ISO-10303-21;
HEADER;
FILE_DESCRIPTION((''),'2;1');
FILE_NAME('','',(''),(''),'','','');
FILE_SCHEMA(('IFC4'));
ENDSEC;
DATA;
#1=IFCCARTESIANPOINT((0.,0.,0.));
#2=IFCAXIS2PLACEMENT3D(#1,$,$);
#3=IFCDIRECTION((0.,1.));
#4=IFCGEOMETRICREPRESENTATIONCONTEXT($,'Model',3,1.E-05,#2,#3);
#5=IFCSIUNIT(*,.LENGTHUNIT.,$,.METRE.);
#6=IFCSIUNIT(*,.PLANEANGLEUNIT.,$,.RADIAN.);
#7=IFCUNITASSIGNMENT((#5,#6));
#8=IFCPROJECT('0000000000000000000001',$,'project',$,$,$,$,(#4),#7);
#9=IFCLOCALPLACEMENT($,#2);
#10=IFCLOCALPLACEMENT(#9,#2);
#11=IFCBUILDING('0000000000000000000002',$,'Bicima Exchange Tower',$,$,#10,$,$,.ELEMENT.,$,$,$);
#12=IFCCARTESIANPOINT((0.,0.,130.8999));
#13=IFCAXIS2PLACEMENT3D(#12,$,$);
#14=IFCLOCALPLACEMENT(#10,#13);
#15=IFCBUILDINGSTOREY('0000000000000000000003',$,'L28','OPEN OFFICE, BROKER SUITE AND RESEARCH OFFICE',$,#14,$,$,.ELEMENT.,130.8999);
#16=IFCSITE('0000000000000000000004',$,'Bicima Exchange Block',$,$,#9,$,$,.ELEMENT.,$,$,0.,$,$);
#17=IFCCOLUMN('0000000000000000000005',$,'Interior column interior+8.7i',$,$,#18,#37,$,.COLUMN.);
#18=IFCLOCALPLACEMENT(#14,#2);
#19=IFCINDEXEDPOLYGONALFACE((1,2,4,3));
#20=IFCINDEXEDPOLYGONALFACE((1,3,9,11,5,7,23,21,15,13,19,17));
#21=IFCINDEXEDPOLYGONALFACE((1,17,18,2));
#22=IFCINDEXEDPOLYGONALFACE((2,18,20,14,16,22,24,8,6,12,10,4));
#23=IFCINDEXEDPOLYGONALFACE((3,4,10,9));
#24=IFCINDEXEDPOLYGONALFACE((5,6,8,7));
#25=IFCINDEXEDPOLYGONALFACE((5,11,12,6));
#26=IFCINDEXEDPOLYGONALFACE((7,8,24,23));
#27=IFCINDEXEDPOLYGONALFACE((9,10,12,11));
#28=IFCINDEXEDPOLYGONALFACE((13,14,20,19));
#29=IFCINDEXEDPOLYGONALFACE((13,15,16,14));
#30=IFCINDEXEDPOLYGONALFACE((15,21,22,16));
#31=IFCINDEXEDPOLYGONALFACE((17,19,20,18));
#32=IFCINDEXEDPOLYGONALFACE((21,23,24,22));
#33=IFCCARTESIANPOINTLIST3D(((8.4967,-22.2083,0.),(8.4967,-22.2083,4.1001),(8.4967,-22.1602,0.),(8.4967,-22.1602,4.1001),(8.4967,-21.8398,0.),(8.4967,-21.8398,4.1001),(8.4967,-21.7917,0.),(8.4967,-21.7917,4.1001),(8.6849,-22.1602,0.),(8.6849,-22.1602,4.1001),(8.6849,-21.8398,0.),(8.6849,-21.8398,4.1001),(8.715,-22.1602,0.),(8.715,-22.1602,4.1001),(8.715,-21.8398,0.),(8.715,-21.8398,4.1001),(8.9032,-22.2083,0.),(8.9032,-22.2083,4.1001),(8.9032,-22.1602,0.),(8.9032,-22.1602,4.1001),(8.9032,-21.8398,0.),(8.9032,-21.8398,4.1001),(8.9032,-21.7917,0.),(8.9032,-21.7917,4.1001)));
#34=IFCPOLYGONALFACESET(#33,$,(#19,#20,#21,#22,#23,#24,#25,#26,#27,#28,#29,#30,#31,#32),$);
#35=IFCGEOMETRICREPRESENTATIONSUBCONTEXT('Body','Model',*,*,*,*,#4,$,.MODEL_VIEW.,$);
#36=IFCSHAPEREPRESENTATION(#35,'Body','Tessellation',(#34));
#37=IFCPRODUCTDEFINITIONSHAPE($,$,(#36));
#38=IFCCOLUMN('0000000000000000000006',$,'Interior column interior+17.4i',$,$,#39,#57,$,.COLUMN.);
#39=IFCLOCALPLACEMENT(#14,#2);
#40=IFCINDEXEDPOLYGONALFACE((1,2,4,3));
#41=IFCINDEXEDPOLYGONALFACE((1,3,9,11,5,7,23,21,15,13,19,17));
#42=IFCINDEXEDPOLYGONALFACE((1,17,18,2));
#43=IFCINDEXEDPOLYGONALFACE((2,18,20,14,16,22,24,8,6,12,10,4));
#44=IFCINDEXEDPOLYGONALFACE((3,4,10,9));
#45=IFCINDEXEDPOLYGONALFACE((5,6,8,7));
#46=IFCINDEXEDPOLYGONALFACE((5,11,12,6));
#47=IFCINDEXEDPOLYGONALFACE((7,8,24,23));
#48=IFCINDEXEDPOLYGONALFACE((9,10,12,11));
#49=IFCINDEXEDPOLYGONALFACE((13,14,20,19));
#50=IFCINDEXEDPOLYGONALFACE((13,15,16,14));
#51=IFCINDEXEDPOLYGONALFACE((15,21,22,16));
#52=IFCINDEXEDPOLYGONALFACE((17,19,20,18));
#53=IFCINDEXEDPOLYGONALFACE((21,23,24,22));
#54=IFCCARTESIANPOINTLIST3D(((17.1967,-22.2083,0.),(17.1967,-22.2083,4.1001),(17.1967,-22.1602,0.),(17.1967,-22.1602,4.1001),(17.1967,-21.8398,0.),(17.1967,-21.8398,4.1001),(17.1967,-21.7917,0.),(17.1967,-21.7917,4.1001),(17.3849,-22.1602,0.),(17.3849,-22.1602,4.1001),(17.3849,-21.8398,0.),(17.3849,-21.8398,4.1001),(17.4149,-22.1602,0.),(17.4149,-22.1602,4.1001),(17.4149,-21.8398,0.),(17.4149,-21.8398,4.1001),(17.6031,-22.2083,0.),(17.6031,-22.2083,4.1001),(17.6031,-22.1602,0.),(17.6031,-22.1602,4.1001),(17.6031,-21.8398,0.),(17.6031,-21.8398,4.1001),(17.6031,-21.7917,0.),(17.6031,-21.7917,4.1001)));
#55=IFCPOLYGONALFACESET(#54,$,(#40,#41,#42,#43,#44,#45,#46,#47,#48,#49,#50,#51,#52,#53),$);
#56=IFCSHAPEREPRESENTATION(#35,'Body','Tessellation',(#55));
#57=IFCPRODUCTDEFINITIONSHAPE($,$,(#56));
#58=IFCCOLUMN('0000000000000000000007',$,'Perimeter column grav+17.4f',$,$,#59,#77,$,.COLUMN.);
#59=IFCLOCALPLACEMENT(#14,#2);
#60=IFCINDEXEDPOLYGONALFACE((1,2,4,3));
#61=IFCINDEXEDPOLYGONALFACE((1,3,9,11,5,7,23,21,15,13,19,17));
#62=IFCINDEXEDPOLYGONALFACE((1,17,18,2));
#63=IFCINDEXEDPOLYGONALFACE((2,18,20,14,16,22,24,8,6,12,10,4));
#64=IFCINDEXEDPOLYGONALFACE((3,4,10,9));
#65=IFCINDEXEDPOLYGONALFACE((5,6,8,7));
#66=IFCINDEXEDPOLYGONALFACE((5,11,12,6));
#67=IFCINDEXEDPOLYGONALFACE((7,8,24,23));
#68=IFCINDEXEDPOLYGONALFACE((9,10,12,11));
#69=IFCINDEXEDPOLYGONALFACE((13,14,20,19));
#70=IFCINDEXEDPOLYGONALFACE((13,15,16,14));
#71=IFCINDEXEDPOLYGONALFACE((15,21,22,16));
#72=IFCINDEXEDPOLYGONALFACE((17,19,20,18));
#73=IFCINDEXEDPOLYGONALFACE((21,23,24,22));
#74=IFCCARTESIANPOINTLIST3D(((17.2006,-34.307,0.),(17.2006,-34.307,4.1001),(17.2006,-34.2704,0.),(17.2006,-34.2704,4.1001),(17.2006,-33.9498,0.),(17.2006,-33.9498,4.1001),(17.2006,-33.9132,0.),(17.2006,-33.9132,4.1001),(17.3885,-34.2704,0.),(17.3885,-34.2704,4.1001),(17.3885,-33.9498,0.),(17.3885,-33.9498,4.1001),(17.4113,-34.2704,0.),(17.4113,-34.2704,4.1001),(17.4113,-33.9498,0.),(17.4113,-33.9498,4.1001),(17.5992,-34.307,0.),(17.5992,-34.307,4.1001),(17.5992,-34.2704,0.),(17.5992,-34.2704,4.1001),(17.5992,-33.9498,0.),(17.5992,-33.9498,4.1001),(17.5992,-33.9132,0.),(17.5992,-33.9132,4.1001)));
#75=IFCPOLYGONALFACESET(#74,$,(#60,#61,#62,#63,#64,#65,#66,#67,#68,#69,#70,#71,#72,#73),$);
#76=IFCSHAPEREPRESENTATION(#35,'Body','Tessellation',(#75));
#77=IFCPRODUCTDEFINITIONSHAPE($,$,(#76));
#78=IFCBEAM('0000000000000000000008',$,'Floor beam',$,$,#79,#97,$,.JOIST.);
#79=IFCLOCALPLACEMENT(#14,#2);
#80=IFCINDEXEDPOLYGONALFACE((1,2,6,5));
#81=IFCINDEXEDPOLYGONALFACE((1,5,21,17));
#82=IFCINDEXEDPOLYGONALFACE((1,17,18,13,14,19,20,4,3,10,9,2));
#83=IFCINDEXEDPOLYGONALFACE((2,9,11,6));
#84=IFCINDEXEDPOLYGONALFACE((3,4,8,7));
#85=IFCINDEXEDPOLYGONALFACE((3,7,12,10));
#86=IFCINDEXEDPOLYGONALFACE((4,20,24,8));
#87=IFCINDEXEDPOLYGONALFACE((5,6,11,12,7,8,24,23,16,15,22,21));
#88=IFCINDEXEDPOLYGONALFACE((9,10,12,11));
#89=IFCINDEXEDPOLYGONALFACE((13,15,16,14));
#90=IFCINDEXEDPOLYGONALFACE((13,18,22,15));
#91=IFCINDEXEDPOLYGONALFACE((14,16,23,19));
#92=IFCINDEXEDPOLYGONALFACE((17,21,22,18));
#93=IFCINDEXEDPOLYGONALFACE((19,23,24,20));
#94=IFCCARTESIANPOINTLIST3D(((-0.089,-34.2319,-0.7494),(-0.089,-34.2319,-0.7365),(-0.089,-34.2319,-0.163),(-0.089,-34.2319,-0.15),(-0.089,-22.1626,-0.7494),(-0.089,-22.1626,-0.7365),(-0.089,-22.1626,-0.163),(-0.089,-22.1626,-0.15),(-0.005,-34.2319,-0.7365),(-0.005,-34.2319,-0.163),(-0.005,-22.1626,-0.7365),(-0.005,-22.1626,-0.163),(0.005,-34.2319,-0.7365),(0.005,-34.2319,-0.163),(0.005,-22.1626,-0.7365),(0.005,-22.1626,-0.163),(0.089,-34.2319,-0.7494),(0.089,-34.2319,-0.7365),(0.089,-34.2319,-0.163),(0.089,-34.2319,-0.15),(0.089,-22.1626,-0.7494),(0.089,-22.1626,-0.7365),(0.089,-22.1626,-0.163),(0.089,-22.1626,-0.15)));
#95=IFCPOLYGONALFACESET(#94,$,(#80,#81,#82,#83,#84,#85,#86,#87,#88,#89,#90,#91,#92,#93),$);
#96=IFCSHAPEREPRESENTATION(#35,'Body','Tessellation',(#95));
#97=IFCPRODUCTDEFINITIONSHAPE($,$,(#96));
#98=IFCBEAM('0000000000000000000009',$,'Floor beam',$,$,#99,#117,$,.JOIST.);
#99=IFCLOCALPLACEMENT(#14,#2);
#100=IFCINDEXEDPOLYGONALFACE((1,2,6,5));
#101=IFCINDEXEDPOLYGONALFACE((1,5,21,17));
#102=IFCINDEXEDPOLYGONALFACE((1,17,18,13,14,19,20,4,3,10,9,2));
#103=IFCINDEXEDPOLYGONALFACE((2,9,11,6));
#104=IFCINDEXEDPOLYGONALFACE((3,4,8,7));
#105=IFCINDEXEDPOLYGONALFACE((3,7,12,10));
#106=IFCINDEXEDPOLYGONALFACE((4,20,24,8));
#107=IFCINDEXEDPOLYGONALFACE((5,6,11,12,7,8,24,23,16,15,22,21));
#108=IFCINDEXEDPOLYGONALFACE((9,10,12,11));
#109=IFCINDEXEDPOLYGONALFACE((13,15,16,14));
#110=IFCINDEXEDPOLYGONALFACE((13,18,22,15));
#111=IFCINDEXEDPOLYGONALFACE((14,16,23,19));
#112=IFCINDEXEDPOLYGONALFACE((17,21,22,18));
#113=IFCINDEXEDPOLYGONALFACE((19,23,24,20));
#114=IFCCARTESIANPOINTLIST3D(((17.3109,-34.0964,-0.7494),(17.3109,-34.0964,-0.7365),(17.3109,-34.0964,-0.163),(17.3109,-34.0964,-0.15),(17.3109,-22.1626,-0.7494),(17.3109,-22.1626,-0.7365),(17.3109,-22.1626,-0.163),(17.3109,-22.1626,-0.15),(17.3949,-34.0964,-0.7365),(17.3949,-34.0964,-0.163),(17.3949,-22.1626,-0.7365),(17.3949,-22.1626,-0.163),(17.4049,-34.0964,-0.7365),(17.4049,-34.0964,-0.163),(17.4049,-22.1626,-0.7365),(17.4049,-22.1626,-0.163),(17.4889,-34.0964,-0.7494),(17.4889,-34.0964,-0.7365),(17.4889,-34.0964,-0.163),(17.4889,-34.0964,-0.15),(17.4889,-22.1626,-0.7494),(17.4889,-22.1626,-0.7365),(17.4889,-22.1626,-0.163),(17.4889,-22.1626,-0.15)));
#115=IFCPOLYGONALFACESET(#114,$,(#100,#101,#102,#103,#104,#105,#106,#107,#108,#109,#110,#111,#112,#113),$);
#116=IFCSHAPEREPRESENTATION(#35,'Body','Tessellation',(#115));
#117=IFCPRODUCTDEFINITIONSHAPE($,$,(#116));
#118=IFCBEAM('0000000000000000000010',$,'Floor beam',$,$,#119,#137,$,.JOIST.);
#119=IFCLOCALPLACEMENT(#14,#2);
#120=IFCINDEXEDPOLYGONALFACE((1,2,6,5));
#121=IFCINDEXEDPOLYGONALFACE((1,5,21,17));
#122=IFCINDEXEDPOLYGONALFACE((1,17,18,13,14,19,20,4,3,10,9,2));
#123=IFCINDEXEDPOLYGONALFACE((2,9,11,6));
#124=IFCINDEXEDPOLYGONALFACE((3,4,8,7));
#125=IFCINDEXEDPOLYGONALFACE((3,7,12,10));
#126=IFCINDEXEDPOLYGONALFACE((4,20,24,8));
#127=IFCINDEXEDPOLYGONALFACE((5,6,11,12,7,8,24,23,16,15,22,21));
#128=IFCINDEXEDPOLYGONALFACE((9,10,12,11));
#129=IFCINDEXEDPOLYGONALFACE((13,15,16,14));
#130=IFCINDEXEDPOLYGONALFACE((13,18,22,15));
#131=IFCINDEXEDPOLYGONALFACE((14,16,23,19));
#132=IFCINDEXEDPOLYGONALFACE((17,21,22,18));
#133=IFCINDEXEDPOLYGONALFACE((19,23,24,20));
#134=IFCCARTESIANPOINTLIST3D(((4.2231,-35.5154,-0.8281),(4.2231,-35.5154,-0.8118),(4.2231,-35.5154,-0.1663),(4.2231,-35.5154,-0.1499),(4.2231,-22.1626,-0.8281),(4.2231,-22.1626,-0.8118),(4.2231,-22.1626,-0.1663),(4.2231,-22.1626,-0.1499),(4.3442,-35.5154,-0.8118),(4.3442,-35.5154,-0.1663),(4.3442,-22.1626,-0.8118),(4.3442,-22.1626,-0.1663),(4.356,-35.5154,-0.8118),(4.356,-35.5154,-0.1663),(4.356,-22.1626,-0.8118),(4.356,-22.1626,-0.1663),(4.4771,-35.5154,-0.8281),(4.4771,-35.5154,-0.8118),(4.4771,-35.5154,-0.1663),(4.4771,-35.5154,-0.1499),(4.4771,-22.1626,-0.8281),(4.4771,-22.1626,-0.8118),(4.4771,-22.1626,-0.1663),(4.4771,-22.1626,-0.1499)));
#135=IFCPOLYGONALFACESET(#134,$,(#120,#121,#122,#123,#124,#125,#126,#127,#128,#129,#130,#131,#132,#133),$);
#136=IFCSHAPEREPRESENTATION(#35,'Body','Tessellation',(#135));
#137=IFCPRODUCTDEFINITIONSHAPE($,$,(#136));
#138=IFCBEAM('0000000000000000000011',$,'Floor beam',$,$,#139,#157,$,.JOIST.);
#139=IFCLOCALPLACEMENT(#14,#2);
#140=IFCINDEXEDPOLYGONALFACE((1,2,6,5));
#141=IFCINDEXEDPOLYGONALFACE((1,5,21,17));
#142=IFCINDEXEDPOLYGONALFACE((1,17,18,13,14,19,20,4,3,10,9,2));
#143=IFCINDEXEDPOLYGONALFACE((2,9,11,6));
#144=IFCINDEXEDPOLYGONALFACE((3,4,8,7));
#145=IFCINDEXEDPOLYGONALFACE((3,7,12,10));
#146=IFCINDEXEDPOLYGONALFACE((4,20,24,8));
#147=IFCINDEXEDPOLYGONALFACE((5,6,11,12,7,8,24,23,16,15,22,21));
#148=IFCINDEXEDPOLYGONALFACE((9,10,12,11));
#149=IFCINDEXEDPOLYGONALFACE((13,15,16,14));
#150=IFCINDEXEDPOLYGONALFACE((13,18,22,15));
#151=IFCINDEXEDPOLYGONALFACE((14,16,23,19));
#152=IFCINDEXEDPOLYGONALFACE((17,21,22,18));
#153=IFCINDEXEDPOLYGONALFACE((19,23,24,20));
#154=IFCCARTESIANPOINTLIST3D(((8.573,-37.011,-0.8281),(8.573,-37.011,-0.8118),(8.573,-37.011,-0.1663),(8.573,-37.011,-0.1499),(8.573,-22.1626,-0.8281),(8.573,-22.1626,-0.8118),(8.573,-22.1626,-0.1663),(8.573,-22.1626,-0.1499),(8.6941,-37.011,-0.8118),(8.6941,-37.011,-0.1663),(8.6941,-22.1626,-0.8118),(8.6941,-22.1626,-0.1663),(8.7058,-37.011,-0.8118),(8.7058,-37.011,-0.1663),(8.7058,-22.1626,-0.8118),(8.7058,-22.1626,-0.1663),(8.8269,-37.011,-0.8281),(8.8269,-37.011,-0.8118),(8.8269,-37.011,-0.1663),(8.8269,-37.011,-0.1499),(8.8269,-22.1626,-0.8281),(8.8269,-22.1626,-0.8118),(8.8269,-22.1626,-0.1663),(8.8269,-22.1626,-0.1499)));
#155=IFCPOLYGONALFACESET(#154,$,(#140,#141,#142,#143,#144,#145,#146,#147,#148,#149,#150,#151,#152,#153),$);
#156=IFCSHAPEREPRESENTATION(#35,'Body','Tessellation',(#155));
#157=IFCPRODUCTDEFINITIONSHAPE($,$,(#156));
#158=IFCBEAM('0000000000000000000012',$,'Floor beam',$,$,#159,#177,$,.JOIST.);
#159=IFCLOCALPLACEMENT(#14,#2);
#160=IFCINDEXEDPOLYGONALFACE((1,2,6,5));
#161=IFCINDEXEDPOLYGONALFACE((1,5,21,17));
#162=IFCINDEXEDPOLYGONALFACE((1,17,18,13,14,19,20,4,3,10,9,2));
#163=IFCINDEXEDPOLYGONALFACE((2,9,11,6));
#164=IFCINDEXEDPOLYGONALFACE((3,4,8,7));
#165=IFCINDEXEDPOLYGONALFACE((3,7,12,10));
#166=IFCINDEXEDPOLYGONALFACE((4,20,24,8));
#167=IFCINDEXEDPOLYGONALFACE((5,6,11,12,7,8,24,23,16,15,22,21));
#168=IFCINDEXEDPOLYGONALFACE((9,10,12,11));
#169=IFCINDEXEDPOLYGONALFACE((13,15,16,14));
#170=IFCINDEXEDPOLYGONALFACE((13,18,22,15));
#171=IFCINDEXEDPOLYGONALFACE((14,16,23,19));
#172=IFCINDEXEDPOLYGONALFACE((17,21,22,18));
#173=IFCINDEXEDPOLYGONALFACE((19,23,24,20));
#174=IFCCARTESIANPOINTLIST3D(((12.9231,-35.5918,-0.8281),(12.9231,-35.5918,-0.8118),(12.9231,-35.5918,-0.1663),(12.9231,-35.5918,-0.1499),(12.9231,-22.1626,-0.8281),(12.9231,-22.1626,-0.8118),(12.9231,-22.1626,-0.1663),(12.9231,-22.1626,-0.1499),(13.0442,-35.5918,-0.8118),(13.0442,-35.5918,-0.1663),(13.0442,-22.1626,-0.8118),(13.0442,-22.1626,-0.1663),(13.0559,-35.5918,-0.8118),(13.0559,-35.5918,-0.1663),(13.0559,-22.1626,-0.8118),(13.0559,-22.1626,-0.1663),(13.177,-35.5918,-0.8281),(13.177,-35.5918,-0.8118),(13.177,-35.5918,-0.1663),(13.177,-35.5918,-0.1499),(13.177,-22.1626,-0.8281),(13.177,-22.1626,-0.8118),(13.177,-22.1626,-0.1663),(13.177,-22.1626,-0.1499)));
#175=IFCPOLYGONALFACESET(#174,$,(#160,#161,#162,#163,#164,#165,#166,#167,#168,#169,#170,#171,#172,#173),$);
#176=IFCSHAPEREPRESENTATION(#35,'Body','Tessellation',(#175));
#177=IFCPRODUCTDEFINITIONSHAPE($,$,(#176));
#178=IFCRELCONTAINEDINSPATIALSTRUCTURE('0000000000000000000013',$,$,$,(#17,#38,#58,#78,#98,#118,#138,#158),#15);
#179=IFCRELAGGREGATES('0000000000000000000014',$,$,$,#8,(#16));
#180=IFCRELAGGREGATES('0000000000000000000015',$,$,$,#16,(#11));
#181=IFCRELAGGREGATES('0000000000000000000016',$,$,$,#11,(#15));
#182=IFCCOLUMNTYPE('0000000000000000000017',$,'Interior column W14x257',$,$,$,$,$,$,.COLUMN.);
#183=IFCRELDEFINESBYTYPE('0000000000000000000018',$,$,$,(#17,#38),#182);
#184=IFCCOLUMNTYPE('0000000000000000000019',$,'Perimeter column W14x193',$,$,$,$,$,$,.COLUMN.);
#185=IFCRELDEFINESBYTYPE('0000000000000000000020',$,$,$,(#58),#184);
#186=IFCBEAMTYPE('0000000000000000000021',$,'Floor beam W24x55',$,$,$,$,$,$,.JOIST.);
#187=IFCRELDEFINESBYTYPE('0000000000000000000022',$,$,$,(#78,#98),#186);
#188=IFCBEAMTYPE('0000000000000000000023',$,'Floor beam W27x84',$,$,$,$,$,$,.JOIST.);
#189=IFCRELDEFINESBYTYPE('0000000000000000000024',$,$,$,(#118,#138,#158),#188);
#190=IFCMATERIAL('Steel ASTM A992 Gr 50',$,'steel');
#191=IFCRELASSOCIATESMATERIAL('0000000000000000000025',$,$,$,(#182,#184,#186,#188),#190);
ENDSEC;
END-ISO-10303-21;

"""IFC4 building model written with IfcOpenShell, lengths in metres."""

from ifc_helpers import new_model, si_unit, direction, frame, origin, origin_2d, place, context, subcontext, project, spatial, i_section, extrude, material, material_profile, profile_set, type_object, element, save


model = new_model("IFC4")

# Units and contexts
model_context = context("Model", 3, precision=1e-05, world=origin(), true_north=direction((0.0, 1.0)))
body_context = subcontext(model_context, "Body", "Model", "MODEL_VIEW")
ifc_project = project(units=[si_unit("LENGTHUNIT", "METRE"), si_unit("PLANEANGLEUNIT", "RADIAN")], contexts=[model_context])

# Site, building, storey
site_placement = place(None, origin())
site = spatial("IfcSite", under=ifc_project, at=site_placement, Name="Bicima Exchange Block", CompositionType="ELEMENT", RefElevation=0.0)
building_placement = place(site_placement, origin())
building = spatial("IfcBuilding", under=site, at=building_placement, Name="Bicima Exchange Tower", CompositionType="ELEMENT")
storey_placement = place(building_placement, frame((0.0, 0.0, 130.8999)))
storey = spatial("IfcBuildingStorey", under=building, at=storey_placement, Name="L28", Description="OPEN OFFICE, BROKER SUITE AND RESEARCH OFFICE", CompositionType="ELEMENT", Elevation=130.8999)

# Columns
ifc_material_1 = material(Name="Steel ASTM A992 Gr 50", Category="steel")
ifc_material_profile_1 = material_profile(ifc_material_1, i_section(OverallWidth=0.4065, OverallDepth=0.4165, WebThickness=0.03, FlangeThickness=0.0481, at=origin_2d()))
ifc_profile_set_1 = profile_set([ifc_material_profile_1], Name="Steel ASTM A992 Gr 50")
column_type_1 = type_object("IfcColumnType", Name="Interior column W14x257", PredefinedType="COLUMN", material=ifc_profile_set_1)
for number, where, z_axis, x_axis, name in (
    (1, (8.7, -22.0, 0.0), (0.0, 0.0, 1.0), (1.0, 0.0, 0.0), "Interior column interior+8.7i"),
    (2, (17.3999, -22.0, 0.0), (0.0, 0.0, 1.0), (1.0, 0.0, 0.0), "Interior column interior+17.4i"),
):
    element("IfcColumn", number, at=place(storey_placement, frame(where, z_axis=z_axis, x_axis=x_axis)), inside=storey, type_object=column_type_1, Name=name, PredefinedType="COLUMN", context=body_context, shape_type="SweptSolid", body=[
        extrude(i_section(OverallWidth=0.4065, OverallDepth=0.4165, WebThickness=0.03, FlangeThickness=0.0481, at=origin_2d()), origin(), (0.0, 0.0, 1.0), 4.1001),
    ])
ifc_material_profile_2 = material_profile(ifc_material_1, i_section(OverallWidth=0.3987, OverallDepth=0.3938, WebThickness=0.0227, FlangeThickness=0.0366, at=origin_2d()))
ifc_profile_set_2 = profile_set([ifc_material_profile_2], Name="Steel ASTM A992 Gr 50")
column_type_2 = type_object("IfcColumnType", Name="Perimeter column W14x193", PredefinedType="COLUMN", material=ifc_profile_set_2)
column_placement = place(storey_placement, frame((17.3999, -34.1101, 0.0), z_axis=(0.0, 0.0, 1.0), x_axis=(1.0, 0.0, 0.0)))
element("IfcColumn", 3, at=column_placement, inside=storey, type_object=column_type_2, Name="Perimeter column grav+17.4f", PredefinedType="COLUMN", context=body_context, shape_type="SweptSolid", body=[
    extrude(i_section(OverallWidth=0.3987, OverallDepth=0.3938, WebThickness=0.0227, FlangeThickness=0.0366, at=origin_2d()), origin(), (0.0, 0.0, 1.0), 4.1001),
])

# Beams
ifc_material_profile_3 = material_profile(ifc_material_1, i_section(OverallWidth=0.178, OverallDepth=0.5994, WebThickness=0.01, FlangeThickness=0.0129, at=origin_2d()))
ifc_profile_set_3 = profile_set([ifc_material_profile_3], Name="Steel ASTM A992 Gr 50")
beam_type_1 = type_object("IfcBeamType", Name="Floor beam W24x55", PredefinedType="JOIST", material=ifc_profile_set_3)
beam_1_placement = place(storey_placement, frame((0.0, -22.1626, -0.4497), z_axis=(0.0, -1.0, 0.0), x_axis=(1.0, 0.0, 0.0)))
element("IfcBeam", 4, at=beam_1_placement, inside=storey, type_object=beam_type_1, Name="Floor beam", PredefinedType="JOIST", context=body_context, shape_type="SweptSolid", body=[
    extrude(i_section(OverallWidth=0.178, OverallDepth=0.5994, WebThickness=0.01, FlangeThickness=0.0129, at=origin_2d()), origin(), (0.0, 0.0, 1.0), 12.0693),
])
beam_2_placement = place(storey_placement, frame((17.3999, -22.1626, -0.4497), z_axis=(0.0, -1.0, 0.0), x_axis=(1.0, 0.0, 0.0)))
element("IfcBeam", 5, at=beam_2_placement, inside=storey, type_object=beam_type_1, Name="Floor beam", PredefinedType="JOIST", context=body_context, shape_type="SweptSolid", body=[
    extrude(i_section(OverallWidth=0.178, OverallDepth=0.5994, WebThickness=0.01, FlangeThickness=0.0129, at=origin_2d()), origin(), (0.0, 0.0, 1.0), 11.9338),
])
ifc_material_profile_4 = material_profile(ifc_material_1, i_section(OverallWidth=0.2539, OverallDepth=0.6782, WebThickness=0.0117, FlangeThickness=0.0164, at=origin_2d()))
ifc_profile_set_4 = profile_set([ifc_material_profile_4], Name="Steel ASTM A992 Gr 50")
beam_type_2 = type_object("IfcBeamType", Name="Floor beam W27x84", PredefinedType="JOIST", material=ifc_profile_set_4)
beam_3_placement = place(storey_placement, frame((4.3501, -22.1626, -0.489), z_axis=(0.0, -1.0, 0.0), x_axis=(1.0, 0.0, 0.0)))
element("IfcBeam", 6, at=beam_3_placement, inside=storey, type_object=beam_type_2, Name="Floor beam", PredefinedType="JOIST", context=body_context, shape_type="SweptSolid", body=[
    extrude(i_section(OverallWidth=0.2539, OverallDepth=0.6782, WebThickness=0.0117, FlangeThickness=0.0164, at=origin_2d()), origin(), (0.0, 0.0, 1.0), 13.3528),
])
beam_4_placement = place(storey_placement, frame((8.7, -22.1626, -0.489), z_axis=(0.0, -1.0, 0.0), x_axis=(1.0, 0.0, 0.0)))
element("IfcBeam", 7, at=beam_4_placement, inside=storey, type_object=beam_type_2, Name="Floor beam", PredefinedType="JOIST", context=body_context, shape_type="SweptSolid", body=[
    extrude(i_section(OverallWidth=0.2539, OverallDepth=0.6782, WebThickness=0.0117, FlangeThickness=0.0164, at=origin_2d()), origin(), (0.0, 0.0, 1.0), 14.8484),
])
beam_5_placement = place(storey_placement, frame((13.05, -22.1626, -0.489), z_axis=(0.0, -1.0, 0.0), x_axis=(1.0, 0.0, 0.0)))
element("IfcBeam", 8, at=beam_5_placement, inside=storey, type_object=beam_type_2, Name="Floor beam", PredefinedType="JOIST", context=body_context, shape_type="SweptSolid", body=[
    extrude(i_section(OverallWidth=0.2539, OverallDepth=0.6782, WebThickness=0.0117, FlangeThickness=0.0164, at=origin_2d()), origin(), (0.0, 0.0, 1.0), 13.4292),
])

save(model, "model.ifc")
